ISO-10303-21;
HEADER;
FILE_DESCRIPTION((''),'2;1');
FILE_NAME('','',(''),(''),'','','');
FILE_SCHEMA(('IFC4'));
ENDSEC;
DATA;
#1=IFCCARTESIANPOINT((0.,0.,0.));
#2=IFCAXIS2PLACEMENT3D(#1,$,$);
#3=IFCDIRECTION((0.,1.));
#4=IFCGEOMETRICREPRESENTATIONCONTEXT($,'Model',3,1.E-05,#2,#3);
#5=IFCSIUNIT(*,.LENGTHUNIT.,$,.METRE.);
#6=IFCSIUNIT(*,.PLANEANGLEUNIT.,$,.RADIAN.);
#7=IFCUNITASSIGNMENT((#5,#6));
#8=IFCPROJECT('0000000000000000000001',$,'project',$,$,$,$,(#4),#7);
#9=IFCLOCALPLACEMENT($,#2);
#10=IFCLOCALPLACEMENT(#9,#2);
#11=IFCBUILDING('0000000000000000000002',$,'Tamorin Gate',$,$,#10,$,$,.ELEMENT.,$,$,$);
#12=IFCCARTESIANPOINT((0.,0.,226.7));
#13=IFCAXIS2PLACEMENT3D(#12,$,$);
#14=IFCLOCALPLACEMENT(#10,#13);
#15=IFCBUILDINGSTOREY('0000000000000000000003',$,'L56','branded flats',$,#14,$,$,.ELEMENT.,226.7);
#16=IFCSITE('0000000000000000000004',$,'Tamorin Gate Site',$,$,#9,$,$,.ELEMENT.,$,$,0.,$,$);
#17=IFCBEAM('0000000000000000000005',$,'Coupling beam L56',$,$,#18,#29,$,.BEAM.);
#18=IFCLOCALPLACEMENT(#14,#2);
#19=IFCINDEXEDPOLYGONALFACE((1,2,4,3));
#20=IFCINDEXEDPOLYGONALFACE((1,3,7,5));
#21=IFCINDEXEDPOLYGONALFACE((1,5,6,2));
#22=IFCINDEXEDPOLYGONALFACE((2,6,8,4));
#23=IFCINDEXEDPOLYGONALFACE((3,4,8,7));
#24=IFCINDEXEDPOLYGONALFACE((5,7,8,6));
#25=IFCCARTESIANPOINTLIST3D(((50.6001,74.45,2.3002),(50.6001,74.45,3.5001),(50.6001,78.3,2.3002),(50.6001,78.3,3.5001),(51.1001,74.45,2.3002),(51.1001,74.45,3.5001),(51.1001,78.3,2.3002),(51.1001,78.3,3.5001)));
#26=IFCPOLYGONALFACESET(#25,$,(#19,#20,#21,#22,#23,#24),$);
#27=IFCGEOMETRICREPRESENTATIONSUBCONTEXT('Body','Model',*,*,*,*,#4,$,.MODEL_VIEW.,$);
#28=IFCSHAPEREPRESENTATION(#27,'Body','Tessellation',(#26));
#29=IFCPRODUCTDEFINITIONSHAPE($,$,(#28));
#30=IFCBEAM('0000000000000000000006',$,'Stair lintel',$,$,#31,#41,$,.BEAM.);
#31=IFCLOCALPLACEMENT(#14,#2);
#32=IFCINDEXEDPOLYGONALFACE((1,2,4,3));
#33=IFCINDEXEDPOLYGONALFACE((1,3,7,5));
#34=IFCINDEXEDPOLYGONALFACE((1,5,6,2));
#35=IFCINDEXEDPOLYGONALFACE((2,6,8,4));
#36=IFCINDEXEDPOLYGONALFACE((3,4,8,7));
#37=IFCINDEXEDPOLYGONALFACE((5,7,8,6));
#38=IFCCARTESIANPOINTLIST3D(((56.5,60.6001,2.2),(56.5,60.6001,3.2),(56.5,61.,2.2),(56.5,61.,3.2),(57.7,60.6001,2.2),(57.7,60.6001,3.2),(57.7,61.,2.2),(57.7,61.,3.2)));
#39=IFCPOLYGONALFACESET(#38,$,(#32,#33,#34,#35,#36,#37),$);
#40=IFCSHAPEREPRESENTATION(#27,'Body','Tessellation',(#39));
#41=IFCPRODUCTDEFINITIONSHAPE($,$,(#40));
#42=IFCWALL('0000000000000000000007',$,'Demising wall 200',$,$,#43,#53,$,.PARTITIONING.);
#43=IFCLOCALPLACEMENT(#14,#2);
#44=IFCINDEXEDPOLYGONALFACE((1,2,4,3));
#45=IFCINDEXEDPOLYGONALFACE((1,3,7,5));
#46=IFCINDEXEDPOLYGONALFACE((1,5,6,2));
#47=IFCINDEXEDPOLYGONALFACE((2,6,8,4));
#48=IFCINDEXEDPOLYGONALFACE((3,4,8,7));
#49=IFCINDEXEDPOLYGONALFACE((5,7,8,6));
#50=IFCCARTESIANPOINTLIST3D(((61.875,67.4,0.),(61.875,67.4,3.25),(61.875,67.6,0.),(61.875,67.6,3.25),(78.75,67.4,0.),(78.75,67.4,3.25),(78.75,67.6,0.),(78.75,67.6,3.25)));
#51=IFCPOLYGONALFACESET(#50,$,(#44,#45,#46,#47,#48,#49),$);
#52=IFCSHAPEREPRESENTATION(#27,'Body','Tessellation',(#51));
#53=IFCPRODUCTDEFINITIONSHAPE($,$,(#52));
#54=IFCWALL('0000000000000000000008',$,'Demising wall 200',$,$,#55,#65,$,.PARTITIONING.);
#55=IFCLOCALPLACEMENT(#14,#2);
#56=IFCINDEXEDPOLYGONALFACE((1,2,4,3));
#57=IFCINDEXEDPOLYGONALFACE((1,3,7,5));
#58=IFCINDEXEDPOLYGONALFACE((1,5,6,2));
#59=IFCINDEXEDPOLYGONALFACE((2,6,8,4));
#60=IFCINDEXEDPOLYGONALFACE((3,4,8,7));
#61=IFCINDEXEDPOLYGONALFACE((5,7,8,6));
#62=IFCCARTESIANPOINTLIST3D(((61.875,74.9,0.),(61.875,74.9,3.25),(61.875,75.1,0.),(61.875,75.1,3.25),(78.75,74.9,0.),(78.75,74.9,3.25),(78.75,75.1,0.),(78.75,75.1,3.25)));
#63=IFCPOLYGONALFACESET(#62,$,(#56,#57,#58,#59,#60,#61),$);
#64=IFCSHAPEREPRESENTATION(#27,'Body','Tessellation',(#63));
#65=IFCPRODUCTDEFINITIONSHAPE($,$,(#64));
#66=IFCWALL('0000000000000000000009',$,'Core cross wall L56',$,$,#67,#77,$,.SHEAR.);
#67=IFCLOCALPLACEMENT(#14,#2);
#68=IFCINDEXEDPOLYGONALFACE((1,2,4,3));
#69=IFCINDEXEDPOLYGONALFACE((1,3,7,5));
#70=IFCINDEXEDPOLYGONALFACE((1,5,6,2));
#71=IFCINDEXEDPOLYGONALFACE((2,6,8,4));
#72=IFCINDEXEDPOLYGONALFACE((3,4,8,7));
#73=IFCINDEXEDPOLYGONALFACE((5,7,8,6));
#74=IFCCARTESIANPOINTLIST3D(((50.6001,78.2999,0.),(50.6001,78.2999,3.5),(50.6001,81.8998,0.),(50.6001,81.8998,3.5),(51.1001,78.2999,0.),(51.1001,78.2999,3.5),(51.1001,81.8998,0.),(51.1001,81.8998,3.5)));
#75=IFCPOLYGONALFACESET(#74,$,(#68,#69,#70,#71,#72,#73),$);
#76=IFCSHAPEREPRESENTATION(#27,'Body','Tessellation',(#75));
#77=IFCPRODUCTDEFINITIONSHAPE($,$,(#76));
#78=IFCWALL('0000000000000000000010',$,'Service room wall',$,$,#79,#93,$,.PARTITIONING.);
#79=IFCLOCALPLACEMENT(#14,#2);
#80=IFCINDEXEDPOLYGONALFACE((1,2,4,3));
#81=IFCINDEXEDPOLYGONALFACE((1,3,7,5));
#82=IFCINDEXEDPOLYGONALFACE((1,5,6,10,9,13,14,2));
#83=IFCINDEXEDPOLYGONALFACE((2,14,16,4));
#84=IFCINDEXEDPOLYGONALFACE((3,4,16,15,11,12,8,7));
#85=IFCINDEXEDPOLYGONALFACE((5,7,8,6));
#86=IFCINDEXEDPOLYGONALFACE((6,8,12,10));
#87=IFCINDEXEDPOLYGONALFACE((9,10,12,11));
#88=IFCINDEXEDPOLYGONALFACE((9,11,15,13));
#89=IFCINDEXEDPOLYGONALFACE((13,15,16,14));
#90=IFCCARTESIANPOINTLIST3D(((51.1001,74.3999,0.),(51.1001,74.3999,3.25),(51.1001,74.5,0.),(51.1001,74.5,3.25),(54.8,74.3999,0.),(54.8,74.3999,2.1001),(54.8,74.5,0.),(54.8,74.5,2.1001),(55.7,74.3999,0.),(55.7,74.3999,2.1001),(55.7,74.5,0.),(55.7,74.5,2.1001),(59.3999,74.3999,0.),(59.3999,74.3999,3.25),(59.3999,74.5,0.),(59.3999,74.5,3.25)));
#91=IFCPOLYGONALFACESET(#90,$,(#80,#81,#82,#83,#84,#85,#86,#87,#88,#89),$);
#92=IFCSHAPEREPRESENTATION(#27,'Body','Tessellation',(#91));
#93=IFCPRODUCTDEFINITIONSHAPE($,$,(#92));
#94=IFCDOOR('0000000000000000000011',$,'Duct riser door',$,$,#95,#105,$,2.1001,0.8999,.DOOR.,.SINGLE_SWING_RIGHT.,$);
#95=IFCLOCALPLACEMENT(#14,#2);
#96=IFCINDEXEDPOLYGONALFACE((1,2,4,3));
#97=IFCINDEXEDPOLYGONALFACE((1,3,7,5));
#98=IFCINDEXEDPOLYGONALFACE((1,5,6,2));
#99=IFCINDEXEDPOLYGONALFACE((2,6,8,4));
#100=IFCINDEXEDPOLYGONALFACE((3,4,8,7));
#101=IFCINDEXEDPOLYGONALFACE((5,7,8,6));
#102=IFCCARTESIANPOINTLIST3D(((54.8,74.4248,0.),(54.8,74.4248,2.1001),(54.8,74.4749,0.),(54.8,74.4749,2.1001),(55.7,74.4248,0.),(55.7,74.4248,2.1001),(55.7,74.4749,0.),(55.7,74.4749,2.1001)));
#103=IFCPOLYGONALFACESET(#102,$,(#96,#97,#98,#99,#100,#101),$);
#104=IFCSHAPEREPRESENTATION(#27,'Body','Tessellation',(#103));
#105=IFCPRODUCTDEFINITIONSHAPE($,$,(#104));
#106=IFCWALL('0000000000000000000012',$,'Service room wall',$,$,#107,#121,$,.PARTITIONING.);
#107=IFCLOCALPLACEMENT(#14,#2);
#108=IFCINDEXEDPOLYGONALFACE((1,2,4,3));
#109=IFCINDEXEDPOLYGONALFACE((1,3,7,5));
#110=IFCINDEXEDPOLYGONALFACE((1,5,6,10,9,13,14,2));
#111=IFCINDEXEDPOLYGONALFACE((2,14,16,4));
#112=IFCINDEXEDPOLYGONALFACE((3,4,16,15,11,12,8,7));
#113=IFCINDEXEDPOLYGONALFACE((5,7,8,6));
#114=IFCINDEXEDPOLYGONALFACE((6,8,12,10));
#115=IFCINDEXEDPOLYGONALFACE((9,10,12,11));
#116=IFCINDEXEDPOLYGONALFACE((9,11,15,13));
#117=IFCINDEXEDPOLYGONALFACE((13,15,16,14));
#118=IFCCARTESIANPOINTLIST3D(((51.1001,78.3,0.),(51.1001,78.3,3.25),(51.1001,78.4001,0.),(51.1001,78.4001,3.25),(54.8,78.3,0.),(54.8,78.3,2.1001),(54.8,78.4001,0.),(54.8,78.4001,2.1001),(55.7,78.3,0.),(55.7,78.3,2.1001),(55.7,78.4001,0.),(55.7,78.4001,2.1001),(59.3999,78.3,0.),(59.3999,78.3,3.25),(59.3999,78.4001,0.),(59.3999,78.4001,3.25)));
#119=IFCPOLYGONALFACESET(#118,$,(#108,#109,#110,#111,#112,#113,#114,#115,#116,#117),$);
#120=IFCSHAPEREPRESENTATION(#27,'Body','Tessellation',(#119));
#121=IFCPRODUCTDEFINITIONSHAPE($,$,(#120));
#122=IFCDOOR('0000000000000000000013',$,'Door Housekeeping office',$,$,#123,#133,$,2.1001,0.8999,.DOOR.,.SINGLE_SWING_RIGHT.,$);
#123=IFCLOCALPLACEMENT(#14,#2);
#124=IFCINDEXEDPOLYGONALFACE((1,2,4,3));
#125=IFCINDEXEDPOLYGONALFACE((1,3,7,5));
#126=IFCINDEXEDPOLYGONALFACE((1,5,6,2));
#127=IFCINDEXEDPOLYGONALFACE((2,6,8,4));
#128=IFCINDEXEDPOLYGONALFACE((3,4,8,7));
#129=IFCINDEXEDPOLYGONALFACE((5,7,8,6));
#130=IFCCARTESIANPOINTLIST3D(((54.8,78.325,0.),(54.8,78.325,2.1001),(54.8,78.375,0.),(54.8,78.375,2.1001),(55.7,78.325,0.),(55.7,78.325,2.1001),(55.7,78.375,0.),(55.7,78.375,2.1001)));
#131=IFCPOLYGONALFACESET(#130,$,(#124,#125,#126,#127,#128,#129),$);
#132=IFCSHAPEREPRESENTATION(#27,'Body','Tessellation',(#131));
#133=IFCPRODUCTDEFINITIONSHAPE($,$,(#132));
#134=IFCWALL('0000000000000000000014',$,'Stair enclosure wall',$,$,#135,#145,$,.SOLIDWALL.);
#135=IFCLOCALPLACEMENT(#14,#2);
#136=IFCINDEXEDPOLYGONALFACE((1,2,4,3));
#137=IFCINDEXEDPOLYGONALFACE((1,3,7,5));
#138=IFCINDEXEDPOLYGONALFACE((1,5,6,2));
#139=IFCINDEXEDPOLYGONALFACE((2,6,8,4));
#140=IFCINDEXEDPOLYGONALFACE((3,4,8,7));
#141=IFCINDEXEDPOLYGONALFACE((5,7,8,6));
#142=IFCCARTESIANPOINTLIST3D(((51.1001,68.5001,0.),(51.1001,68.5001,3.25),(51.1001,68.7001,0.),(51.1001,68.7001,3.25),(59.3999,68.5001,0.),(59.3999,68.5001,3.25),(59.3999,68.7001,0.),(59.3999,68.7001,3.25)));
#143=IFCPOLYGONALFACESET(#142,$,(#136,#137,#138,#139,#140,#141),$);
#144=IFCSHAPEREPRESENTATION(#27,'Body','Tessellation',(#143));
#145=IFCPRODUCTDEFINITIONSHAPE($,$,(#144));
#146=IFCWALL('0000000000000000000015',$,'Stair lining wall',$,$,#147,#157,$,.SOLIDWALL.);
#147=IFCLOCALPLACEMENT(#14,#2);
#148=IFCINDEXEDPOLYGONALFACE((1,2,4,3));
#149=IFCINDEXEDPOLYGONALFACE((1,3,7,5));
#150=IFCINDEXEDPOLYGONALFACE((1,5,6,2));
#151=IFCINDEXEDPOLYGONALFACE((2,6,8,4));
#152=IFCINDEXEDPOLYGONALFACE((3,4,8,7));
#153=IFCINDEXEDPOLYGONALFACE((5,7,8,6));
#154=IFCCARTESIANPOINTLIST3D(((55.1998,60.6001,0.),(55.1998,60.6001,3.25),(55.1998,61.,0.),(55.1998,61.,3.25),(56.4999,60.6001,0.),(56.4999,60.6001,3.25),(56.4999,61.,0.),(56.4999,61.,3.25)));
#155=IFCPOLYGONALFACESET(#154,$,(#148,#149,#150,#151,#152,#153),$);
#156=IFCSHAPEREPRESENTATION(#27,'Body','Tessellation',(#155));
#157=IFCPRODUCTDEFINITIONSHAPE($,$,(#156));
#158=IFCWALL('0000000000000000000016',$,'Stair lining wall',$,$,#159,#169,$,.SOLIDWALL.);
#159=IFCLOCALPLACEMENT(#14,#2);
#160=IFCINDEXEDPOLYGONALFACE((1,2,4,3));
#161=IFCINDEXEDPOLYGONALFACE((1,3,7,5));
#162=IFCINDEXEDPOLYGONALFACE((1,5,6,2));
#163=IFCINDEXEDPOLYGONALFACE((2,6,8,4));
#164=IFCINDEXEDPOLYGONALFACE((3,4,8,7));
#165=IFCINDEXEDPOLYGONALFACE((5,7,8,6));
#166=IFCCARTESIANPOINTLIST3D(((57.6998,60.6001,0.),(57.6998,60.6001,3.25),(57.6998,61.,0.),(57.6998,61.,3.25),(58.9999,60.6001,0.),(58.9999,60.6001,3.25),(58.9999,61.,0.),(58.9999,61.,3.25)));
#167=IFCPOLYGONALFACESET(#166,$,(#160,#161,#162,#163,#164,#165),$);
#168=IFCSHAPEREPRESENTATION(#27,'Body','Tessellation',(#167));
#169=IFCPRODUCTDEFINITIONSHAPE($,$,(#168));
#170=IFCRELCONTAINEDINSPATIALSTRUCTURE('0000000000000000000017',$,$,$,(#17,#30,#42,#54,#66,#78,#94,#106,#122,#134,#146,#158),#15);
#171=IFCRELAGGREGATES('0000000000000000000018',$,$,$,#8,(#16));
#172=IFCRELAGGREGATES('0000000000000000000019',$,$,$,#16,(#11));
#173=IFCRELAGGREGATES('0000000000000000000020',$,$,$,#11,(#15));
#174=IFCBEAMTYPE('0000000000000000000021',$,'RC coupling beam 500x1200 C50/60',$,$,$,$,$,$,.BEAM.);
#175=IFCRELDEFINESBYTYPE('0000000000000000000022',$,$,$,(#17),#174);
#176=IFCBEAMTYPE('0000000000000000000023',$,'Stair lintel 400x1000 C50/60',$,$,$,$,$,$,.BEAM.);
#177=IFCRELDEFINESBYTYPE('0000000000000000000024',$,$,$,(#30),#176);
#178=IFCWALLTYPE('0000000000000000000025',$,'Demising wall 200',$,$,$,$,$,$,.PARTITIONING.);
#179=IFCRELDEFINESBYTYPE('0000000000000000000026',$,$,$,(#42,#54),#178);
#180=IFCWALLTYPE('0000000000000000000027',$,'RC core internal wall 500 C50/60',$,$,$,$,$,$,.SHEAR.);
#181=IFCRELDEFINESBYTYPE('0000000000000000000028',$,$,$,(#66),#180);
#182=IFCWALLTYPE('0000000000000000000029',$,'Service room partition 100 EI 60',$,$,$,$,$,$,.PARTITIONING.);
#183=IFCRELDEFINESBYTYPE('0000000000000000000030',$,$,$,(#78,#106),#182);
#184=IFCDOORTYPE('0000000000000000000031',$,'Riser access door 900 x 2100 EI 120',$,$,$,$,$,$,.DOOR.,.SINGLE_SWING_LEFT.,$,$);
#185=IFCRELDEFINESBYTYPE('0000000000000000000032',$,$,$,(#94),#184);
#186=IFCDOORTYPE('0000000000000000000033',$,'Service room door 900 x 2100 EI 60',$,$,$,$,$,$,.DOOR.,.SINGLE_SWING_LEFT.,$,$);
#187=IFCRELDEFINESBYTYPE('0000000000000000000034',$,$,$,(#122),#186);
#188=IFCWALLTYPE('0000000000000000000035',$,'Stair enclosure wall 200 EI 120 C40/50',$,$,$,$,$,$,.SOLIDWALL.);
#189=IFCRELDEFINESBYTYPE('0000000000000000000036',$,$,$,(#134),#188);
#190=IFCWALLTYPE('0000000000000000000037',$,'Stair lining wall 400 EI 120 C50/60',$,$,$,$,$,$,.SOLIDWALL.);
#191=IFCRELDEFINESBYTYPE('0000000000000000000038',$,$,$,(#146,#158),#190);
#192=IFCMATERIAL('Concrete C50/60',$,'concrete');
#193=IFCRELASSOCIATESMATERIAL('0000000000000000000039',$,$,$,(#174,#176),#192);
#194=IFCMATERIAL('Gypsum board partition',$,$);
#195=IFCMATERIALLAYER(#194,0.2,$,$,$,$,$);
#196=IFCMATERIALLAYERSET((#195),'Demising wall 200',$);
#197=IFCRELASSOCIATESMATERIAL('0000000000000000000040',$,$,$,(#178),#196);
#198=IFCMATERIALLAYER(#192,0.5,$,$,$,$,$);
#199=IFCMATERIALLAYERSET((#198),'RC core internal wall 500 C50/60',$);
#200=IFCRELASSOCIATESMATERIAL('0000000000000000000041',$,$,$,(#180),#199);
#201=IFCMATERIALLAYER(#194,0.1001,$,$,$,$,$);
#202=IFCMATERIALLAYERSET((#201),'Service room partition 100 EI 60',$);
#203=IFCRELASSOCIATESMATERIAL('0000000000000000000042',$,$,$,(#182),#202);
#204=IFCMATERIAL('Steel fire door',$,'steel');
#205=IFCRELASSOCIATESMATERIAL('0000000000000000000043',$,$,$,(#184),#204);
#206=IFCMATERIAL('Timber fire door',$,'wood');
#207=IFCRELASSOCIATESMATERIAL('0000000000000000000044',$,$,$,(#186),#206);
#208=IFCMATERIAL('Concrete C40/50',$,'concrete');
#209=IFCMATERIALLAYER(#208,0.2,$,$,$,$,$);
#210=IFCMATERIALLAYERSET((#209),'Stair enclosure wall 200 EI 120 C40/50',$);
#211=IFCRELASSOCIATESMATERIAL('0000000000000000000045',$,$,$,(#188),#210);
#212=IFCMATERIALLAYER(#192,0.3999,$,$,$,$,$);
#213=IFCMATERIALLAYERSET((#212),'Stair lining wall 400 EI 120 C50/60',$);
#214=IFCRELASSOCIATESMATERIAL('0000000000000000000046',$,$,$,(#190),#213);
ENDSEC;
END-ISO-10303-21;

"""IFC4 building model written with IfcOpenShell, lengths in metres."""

from ifc_helpers import new_model, si_unit, direction, frame, frame_2d, origin, origin_2d, place, context, subcontext, project, spatial, rectangle, extrude, material, layer, layer_set, material_profile, profile_set, type_object, element, fill, save


model = new_model("IFC4")

# Units and contexts
model_context = context("Model", 3, precision=1e-05, world=origin(), true_north=direction((0.0, 1.0)))
body_context = subcontext(model_context, "Body", "Model", "MODEL_VIEW")
ifc_project = project(units=[si_unit("LENGTHUNIT", "METRE"), si_unit("PLANEANGLEUNIT", "RADIAN")], contexts=[model_context])

# Site, building, storey
site_placement = place(None, origin())
site = spatial("IfcSite", under=ifc_project, at=site_placement, Name="Tamorin Gate Site", CompositionType="ELEMENT", RefElevation=0.0)
building_placement = place(site_placement, origin())
building = spatial("IfcBuilding", under=site, at=building_placement, Name="Tamorin Gate", CompositionType="ELEMENT")
storey_placement = place(building_placement, frame((0.0, 0.0, 226.7)))
storey = spatial("IfcBuildingStorey", under=building, at=storey_placement, Name="L56", Description="branded flats", CompositionType="ELEMENT", Elevation=226.7)

# Beams
ifc_material_1 = material(Name="Concrete C50/60", Category="concrete")
ifc_material_profile_1 = material_profile(ifc_material_1, rectangle(XDim=0.5, YDim=1.2, at=origin_2d()), Name="RC 500x1200")
ifc_profile_set_1 = profile_set([ifc_material_profile_1], Name="Concrete C50/60")
beam_type_1 = type_object("IfcBeamType", Name="RC coupling beam 500x1200 C50/60", PredefinedType="BEAM", material=ifc_profile_set_1)
beam_1_placement = place(storey_placement, frame((50.8501, 74.45, 2.9001), z_axis=(0.0, 1.0, 0.0), x_axis=(-1.0, 0.0, 0.0)))
element("IfcBeam", 1, at=beam_1_placement, inside=storey, type_object=beam_type_1, Name="Coupling beam L56", PredefinedType="BEAM", context=body_context, shape_type="SweptSolid", body=[
    extrude(rectangle(XDim=0.5, YDim=1.2, at=origin_2d()), origin(), (0.0, 0.0, 1.0), 3.8501),
])
ifc_material_profile_2 = material_profile(ifc_material_1, rectangle(XDim=0.3999, YDim=1.0, at=origin_2d()))
ifc_profile_set_2 = profile_set([ifc_material_profile_2], Name="Concrete C50/60")
beam_type_2 = type_object("IfcBeamType", Name="Stair lintel 400x1000 C50/60", PredefinedType="BEAM", material=ifc_profile_set_2)
beam_2_placement = place(storey_placement, frame((56.5, 60.8, 2.7), z_axis=(1.0, 0.0, 0.0), x_axis=(0.0, 1.0, 0.0)))
element("IfcBeam", 2, at=beam_2_placement, inside=storey, type_object=beam_type_2, Name="Stair lintel", PredefinedType="BEAM", context=body_context, shape_type="SweptSolid", body=[
    extrude(rectangle(XDim=0.3999, YDim=1.0, at=origin_2d()), origin(), (0.0, 0.0, 1.0), 1.2),
])

# Walls
ifc_material_2 = material(Name="Gypsum board partition")
ifc_layer_1 = layer(ifc_material_2, 0.2)
ifc_layer_set_1 = layer_set([ifc_layer_1], Name="Demising wall 200")
wall_type_1 = type_object("IfcWallType", Name="Demising wall 200", PredefinedType="PARTITIONING", material=ifc_layer_set_1)
for number, where, z_axis, x_axis, name in (
    (3, (61.875, 67.5, 0.0), (0.0, 0.0, 1.0), (1.0, 0.0, 0.0), "Demising wall 200"),
    (4, (61.875, 75.0, 0.0), (0.0, 0.0, 1.0), (1.0, 0.0, 0.0), "Demising wall 200"),
):
    element("IfcWall", number, at=place(storey_placement, frame(where, z_axis=z_axis, x_axis=x_axis)), inside=storey, type_object=wall_type_1, Name=name, PredefinedType="PARTITIONING", context=body_context, shape_type="SweptSolid", body=[
        extrude(rectangle(XDim=16.875, YDim=0.2, at=frame_2d((8.4375, 0.0))), origin(), (0.0, 0.0, 1.0), 3.25),
    ])
ifc_layer_2 = layer(ifc_material_1, 0.5)
ifc_layer_set_2 = layer_set([ifc_layer_2], Name="RC core internal wall 500 C50/60")
wall_type_2 = type_object("IfcWallType", Name="RC core internal wall 500 C50/60", PredefinedType="SHEAR", material=ifc_layer_set_2)
wall_1_placement = place(storey_placement, frame((50.8501, 78.3, 0.0), z_axis=(0.0, 0.0, 1.0), x_axis=(0.0, 1.0, 0.0)))
element("IfcWall", 5, at=wall_1_placement, inside=storey, type_object=wall_type_2, Name="Core cross wall L56", PredefinedType="SHEAR", context=body_context, shape_type="SweptSolid", body=[
    extrude(rectangle(XDim=3.5999, YDim=0.5, at=frame_2d((1.7998, 0.0))), origin(), (0.0, 0.0, 1.0), 3.5),
])

# Walls, openings, doors
ifc_layer_3 = layer(ifc_material_2, 0.1001)
ifc_layer_set_3 = layer_set([ifc_layer_3], Name="Service room partition 100 EI 60")
wall_type_3 = type_object("IfcWallType", Name="Service room partition 100 EI 60", PredefinedType="PARTITIONING", material=ifc_layer_set_3)
wall_2_placement = place(storey_placement, frame((51.1001, 74.45, 0.0), z_axis=(0.0, 0.0, 1.0), x_axis=(1.0, 0.0, 0.0)))
wall_2 = element("IfcWall", 6, at=wall_2_placement, inside=storey, type_object=wall_type_3, Name="Service room wall", PredefinedType="PARTITIONING", context=body_context, shape_type="SweptSolid", body=[
    extrude(rectangle(XDim=8.2998, YDim=0.1001, at=frame_2d((4.1499, 0.0))), origin(), (0.0, 0.0, 1.0), 3.25),
])
opening_1_placement = place(wall_2_placement, frame((3.7, 0.0, 0.0)))
opening_1 = element("IfcOpeningElement", 7, at=opening_1_placement, cuts=wall_2, PredefinedType="OPENING", context=body_context, shape_type="SweptSolid", body=[
    extrude(rectangle(XDim=0.8999, YDim=2.1001, at=frame_2d((0.45, 1.05))), frame((0.0, 0.0601, 0.0), z_axis=(0.0, -1.0, 0.0), x_axis=(1.0, 0.0, 0.0)), (0.0, 0.0, 1.0), 0.1201),
])
ifc_material_3 = material(Name="Steel fire door", Category="steel")
door_type_1 = type_object("IfcDoorType", Name="Riser access door 900 x 2100 EI 120", OperationType="SINGLE_SWING_LEFT", PredefinedType="DOOR", material=ifc_material_3)
door_1_placement = place(opening_1_placement, origin())
door_1 = element("IfcDoor", 8, at=door_1_placement, inside=storey, type_object=door_type_1, Name="Duct riser door", OperationType="SINGLE_SWING_RIGHT", OverallHeight=2.1001, OverallWidth=0.8999, PredefinedType="DOOR", context=body_context, shape_type="SweptSolid", body=[
    extrude(rectangle(XDim=0.8999, YDim=2.1001, at=frame_2d((0.45, 1.05))), frame((0.0, 0.0249, 0.0), z_axis=(0.0, -1.0, 0.0), x_axis=(1.0, 0.0, 0.0)), (0.0, 0.0, 1.0), 0.05),
])
fill(opening_1, door_1)
wall_3_placement = place(storey_placement, frame((51.1001, 78.3501, 0.0), z_axis=(0.0, 0.0, 1.0), x_axis=(1.0, 0.0, 0.0)))
wall_3 = element("IfcWall", 9, at=wall_3_placement, inside=storey, type_object=wall_type_3, Name="Service room wall", PredefinedType="PARTITIONING", context=body_context, shape_type="SweptSolid", body=[
    extrude(rectangle(XDim=8.2998, YDim=0.1001, at=frame_2d((4.1499, 0.0))), origin(), (0.0, 0.0, 1.0), 3.25),
])
opening_2_placement = place(wall_3_placement, frame((3.7, 0.0, 0.0)))
opening_2 = element("IfcOpeningElement", 10, at=opening_2_placement, cuts=wall_3, PredefinedType="OPENING", context=body_context, shape_type="SweptSolid", body=[
    extrude(rectangle(XDim=0.8999, YDim=2.1001, at=frame_2d((0.45, 1.05))), frame((0.0, 0.0601, 0.0), z_axis=(0.0, -1.0, 0.0), x_axis=(1.0, 0.0, 0.0)), (0.0, 0.0, 1.0), 0.1201),
])
ifc_material_4 = material(Name="Timber fire door", Category="wood")
door_type_2 = type_object("IfcDoorType", Name="Service room door 900 x 2100 EI 60", OperationType="SINGLE_SWING_LEFT", PredefinedType="DOOR", material=ifc_material_4)
door_2_placement = place(opening_2_placement, origin())
door_2 = element("IfcDoor", 11, at=door_2_placement, inside=storey, type_object=door_type_2, Name="Door Housekeeping office", OperationType="SINGLE_SWING_RIGHT", OverallHeight=2.1001, OverallWidth=0.8999, PredefinedType="DOOR", context=body_context, shape_type="SweptSolid", body=[
    extrude(rectangle(XDim=0.8999, YDim=2.1001, at=frame_2d((0.45, 1.05))), frame((0.0, 0.0249, 0.0), z_axis=(0.0, -1.0, 0.0), x_axis=(1.0, 0.0, 0.0)), (0.0, 0.0, 1.0), 0.05),
])
fill(opening_2, door_2)

# Walls
ifc_material_5 = material(Name="Concrete C40/50", Category="concrete")
ifc_layer_4 = layer(ifc_material_5, 0.2)
ifc_layer_set_4 = layer_set([ifc_layer_4], Name="Stair enclosure wall 200 EI 120 C40/50")
wall_type_4 = type_object("IfcWallType", Name="Stair enclosure wall 200 EI 120 C40/50", PredefinedType="SOLIDWALL", material=ifc_layer_set_4)
wall_4_placement = place(storey_placement, frame((51.1001, 68.6001, 0.0), z_axis=(0.0, 0.0, 1.0), x_axis=(1.0, 0.0, 0.0)))
element("IfcWall", 12, at=wall_4_placement, inside=storey, type_object=wall_type_4, Name="Stair enclosure wall", PredefinedType="SOLIDWALL", context=body_context, shape_type="SweptSolid", body=[
    extrude(rectangle(XDim=8.2998, YDim=0.2, at=frame_2d((4.1499, 0.0))), origin(), (0.0, 0.0, 1.0), 3.25),
])
ifc_layer_5 = layer(ifc_material_1, 0.3999)
ifc_layer_set_5 = layer_set([ifc_layer_5], Name="Stair lining wall 400 EI 120 C50/60")
wall_type_5 = type_object("IfcWallType", Name="Stair lining wall 400 EI 120 C50/60", PredefinedType="SOLIDWALL", material=ifc_layer_set_5)
for number, where, z_axis, x_axis, name in (
    (13, (55.2, 60.8, 0.0), (0.0, 0.0, 1.0), (1.0, 0.0, 0.0), "Stair lining wall"),
    (14, (57.7, 60.8, 0.0), (0.0, 0.0, 1.0), (1.0, 0.0, 0.0), "Stair lining wall"),
):
    element("IfcWall", number, at=place(storey_placement, frame(where, z_axis=z_axis, x_axis=x_axis)), inside=storey, type_object=wall_type_5, Name=name, PredefinedType="SOLIDWALL", context=body_context, shape_type="SweptSolid", body=[
        extrude(rectangle(XDim=1.3, YDim=0.3999, at=frame_2d((0.6499, 0.0))), origin(), (0.0, 0.0, 1.0), 3.25),
    ])

save(model, "model.ifc")
